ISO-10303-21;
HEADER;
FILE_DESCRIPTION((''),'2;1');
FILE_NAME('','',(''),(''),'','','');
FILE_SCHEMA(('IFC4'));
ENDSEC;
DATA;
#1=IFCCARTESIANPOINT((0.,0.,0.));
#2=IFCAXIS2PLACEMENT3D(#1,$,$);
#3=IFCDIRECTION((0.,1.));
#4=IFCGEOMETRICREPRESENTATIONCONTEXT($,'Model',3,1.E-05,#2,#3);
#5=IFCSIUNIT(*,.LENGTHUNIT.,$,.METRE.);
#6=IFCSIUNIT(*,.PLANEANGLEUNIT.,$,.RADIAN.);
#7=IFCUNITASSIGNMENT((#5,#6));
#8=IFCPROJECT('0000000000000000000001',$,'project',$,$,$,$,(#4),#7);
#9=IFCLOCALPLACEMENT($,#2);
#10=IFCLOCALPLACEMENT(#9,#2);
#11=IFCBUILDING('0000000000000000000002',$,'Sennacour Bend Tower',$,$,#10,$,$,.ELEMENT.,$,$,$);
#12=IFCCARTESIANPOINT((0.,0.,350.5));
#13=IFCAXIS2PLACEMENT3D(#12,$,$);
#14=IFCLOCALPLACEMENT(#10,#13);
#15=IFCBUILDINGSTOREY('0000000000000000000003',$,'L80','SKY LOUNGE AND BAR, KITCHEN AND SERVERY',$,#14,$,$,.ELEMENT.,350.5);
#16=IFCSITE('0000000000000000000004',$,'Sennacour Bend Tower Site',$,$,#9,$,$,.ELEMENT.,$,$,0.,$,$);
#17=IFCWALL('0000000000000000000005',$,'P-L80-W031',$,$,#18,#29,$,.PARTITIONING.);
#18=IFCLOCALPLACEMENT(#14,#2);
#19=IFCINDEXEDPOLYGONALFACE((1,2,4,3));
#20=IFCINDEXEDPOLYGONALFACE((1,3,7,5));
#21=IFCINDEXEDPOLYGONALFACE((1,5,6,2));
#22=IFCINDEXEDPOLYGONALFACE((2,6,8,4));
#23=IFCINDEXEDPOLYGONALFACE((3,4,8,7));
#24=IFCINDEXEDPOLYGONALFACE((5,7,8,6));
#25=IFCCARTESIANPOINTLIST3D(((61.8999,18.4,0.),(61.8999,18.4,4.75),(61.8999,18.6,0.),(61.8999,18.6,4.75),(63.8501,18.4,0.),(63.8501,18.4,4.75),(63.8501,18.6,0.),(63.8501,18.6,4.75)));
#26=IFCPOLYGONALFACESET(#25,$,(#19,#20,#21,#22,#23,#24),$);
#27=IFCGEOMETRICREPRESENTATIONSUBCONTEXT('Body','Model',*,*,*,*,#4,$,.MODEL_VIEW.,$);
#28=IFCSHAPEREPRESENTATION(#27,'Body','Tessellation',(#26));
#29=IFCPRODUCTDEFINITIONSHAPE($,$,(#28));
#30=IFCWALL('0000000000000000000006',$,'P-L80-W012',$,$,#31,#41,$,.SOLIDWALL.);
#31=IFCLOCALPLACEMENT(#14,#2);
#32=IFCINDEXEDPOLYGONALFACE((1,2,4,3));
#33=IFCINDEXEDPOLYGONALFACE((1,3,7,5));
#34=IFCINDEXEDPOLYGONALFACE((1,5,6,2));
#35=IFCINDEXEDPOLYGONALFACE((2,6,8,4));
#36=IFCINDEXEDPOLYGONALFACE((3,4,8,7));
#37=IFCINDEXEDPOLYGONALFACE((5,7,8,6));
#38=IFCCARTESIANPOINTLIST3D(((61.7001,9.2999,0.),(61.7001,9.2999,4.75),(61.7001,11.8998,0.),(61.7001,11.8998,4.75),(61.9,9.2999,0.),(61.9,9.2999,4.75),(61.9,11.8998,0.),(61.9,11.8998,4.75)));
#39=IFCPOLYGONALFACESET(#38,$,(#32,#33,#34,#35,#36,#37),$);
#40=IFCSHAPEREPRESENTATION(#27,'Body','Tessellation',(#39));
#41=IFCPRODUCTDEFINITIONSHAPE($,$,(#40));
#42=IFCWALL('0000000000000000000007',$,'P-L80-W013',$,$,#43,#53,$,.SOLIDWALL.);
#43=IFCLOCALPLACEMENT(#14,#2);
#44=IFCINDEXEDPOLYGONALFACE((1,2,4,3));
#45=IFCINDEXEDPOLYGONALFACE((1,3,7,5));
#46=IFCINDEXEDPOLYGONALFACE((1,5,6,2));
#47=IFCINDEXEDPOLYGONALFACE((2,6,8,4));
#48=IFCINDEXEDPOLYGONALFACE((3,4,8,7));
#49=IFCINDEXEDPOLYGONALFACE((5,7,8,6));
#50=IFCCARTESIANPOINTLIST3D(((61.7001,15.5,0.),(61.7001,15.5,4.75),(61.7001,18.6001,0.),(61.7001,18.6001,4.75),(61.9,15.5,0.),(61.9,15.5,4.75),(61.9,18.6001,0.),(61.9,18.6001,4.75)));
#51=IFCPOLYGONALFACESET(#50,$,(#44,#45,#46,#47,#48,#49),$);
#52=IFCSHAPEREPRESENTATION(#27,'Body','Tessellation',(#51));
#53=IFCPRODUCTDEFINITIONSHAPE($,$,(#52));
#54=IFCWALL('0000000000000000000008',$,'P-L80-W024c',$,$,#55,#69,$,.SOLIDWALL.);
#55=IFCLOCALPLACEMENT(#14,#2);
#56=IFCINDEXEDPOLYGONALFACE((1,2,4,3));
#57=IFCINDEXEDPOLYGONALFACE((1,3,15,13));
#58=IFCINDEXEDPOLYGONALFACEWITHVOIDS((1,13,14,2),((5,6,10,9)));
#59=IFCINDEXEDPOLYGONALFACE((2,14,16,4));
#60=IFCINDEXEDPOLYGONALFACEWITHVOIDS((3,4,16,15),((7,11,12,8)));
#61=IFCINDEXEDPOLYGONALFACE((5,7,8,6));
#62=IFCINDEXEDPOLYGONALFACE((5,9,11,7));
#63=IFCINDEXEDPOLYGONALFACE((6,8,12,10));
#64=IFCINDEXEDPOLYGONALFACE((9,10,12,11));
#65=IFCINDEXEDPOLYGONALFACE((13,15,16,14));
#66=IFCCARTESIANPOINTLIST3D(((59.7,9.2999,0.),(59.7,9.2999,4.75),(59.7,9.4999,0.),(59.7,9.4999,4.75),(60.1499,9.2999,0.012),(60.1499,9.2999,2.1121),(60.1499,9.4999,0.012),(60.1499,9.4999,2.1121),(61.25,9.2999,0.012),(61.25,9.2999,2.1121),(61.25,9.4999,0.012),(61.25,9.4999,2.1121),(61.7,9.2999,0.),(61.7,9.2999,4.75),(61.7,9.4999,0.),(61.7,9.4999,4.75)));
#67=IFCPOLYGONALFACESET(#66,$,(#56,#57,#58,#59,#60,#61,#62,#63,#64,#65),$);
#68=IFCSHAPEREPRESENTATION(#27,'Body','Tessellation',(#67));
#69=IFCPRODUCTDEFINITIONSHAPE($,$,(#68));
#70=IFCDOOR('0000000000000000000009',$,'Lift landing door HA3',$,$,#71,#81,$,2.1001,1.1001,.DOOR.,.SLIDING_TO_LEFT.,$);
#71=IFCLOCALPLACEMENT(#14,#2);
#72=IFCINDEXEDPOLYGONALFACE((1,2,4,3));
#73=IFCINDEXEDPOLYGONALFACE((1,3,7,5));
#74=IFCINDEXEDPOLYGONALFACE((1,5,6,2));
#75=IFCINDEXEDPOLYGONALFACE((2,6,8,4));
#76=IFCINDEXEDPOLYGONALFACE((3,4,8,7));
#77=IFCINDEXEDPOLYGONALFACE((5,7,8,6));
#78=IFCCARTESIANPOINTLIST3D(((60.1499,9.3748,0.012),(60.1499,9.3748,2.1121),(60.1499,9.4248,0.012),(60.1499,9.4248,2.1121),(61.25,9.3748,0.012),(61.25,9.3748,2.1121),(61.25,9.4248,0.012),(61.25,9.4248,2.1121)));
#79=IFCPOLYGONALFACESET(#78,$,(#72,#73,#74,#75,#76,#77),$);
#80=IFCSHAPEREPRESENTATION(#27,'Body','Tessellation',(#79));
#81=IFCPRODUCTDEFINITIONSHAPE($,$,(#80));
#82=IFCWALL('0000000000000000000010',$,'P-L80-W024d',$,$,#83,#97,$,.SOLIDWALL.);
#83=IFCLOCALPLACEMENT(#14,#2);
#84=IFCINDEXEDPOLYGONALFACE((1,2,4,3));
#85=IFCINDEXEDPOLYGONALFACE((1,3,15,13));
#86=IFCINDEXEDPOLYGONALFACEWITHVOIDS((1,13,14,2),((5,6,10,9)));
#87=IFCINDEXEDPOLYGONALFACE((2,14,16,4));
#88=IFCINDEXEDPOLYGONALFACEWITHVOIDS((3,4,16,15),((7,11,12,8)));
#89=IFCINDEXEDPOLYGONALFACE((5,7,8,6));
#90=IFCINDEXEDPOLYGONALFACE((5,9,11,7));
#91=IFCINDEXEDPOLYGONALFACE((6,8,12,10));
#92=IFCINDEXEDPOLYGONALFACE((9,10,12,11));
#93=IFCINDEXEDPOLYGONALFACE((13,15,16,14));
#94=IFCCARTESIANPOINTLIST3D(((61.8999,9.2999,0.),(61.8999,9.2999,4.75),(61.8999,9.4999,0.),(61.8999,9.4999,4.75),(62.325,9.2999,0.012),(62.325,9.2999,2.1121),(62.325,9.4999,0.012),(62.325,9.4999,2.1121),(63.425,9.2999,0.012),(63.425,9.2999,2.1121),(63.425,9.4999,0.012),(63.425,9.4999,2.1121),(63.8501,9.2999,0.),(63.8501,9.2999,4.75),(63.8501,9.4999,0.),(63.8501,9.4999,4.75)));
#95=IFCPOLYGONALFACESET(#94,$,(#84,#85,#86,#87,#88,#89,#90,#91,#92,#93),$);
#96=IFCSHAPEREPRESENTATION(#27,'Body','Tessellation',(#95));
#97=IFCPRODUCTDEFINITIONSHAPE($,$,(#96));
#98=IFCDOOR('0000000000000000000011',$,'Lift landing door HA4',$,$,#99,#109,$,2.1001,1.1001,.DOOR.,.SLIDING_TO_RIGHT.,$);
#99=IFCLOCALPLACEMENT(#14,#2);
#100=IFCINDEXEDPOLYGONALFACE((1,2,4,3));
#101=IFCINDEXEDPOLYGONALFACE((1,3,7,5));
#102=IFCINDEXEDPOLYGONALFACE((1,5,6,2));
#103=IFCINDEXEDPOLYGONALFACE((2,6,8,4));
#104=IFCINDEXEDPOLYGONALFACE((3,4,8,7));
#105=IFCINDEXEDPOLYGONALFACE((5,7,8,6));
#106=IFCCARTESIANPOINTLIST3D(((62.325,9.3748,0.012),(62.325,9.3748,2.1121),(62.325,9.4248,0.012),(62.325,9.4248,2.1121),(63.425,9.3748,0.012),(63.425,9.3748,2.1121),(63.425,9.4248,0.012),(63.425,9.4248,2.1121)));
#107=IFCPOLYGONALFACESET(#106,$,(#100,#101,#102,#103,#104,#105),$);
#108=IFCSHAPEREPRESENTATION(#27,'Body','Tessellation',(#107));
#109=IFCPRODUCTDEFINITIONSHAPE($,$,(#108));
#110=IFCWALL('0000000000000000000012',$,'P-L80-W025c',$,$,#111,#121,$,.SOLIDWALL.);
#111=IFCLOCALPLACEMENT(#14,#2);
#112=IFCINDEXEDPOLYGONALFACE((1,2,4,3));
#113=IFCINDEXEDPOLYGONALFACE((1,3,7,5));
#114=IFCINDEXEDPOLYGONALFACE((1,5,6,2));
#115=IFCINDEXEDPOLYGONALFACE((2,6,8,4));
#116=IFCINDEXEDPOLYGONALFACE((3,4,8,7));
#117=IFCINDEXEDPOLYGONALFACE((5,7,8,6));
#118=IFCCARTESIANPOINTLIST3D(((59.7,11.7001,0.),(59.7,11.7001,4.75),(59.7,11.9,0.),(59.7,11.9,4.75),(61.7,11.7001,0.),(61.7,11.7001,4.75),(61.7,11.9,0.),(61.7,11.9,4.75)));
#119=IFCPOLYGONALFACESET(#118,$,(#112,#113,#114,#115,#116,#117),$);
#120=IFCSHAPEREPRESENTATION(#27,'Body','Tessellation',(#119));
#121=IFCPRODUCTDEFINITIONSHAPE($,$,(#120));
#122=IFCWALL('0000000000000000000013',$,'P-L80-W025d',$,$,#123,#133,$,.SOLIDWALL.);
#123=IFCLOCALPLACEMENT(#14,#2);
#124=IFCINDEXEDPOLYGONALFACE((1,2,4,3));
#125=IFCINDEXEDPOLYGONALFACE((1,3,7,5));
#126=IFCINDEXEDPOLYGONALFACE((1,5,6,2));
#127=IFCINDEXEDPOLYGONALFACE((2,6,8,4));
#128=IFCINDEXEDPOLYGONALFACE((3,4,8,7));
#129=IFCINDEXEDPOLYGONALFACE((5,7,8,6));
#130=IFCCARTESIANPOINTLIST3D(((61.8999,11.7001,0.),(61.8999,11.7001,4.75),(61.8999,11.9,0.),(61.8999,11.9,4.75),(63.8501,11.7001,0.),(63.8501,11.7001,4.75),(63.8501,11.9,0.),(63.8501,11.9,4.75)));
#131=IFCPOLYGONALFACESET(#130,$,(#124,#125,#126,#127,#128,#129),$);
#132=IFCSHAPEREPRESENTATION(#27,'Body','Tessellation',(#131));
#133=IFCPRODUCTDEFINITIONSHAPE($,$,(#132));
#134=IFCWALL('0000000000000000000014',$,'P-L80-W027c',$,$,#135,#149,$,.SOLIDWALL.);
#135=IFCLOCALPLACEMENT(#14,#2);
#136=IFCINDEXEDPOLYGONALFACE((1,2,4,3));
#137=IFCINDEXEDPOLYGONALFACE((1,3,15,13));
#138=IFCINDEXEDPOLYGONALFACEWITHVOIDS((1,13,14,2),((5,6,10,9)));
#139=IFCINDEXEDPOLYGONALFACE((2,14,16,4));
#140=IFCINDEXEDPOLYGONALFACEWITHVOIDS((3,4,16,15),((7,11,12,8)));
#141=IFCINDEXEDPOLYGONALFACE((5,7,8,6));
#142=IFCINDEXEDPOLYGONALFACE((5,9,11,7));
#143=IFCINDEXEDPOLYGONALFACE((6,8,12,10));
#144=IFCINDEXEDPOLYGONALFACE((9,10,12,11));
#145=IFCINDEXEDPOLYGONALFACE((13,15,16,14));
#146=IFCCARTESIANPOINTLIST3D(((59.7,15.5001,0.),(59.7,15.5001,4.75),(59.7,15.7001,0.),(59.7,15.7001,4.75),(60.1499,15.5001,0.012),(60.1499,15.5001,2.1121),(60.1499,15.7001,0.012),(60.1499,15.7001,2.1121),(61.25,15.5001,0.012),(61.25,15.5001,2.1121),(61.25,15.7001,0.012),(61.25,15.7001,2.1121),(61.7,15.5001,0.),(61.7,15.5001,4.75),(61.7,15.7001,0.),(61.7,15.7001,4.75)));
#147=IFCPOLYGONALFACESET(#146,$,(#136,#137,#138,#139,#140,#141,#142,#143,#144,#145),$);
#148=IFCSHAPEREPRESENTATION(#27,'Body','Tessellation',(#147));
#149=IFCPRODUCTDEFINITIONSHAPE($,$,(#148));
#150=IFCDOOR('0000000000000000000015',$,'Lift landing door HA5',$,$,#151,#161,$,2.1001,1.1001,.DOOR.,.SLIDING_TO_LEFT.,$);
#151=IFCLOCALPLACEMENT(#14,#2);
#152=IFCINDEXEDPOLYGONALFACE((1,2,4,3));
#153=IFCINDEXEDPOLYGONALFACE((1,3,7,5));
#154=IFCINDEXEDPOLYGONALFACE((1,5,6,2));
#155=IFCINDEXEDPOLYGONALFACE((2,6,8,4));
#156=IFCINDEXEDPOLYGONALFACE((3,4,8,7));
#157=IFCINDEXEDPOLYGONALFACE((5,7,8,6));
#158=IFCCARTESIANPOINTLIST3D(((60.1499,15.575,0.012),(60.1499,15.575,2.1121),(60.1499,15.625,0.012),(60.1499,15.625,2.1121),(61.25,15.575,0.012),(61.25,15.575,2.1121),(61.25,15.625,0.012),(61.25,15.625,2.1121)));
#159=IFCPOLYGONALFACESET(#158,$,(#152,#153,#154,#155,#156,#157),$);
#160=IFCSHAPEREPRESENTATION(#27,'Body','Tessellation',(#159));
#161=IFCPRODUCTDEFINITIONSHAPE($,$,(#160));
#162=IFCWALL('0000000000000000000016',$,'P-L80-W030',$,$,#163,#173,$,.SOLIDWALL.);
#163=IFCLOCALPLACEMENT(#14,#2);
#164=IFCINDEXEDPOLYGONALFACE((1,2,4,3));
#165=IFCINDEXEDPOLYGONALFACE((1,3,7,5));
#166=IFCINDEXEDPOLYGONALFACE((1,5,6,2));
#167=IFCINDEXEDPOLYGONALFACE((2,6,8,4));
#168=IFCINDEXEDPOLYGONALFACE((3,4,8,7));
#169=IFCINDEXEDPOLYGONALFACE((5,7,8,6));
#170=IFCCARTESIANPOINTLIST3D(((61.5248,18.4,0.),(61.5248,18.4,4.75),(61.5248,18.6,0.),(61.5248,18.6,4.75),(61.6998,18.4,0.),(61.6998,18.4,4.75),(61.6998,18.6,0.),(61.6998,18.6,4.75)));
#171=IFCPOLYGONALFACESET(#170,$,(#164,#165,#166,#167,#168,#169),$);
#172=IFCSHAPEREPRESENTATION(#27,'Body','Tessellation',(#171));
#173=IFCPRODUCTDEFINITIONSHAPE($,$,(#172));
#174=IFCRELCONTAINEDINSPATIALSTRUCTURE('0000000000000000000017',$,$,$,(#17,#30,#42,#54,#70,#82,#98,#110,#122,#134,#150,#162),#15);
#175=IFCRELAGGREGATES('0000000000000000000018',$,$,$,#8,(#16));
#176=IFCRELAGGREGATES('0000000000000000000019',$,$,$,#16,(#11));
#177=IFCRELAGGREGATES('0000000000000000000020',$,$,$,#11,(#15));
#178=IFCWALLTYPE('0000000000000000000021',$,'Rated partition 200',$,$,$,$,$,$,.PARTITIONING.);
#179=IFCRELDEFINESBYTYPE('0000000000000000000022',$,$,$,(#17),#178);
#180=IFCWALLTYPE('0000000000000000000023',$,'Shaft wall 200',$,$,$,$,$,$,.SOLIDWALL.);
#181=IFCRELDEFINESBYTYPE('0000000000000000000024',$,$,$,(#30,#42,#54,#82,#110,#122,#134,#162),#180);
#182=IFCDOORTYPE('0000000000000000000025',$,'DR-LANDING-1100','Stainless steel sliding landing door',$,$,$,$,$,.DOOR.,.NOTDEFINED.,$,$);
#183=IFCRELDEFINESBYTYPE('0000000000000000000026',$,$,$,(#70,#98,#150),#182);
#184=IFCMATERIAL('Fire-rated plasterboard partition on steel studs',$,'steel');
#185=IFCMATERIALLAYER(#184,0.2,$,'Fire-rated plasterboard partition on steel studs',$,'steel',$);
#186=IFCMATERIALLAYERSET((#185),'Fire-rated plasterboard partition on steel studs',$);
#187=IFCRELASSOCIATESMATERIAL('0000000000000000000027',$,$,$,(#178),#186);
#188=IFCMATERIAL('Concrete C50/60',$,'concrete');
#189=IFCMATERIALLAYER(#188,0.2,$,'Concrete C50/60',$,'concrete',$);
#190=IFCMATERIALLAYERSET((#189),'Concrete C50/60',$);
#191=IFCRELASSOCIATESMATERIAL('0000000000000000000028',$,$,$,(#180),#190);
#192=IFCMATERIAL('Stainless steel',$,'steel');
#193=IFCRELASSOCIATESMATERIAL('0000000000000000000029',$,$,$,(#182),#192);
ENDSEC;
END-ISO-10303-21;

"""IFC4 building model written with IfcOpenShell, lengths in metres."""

from ifc_helpers import new_model, si_unit, direction, frame, frame_2d, origin, place, context, subcontext, project, spatial, rectangle, extrude, material, layer, layer_set, type_object, element, fill, save


model = new_model("IFC4")

# Units and contexts
model_context = context("Model", 3, precision=1e-05, world=origin(), true_north=direction((0.0, 1.0)))
body_context = subcontext(model_context, "Body", "Model", "MODEL_VIEW")
ifc_project = project(units=[si_unit("LENGTHUNIT", "METRE"), si_unit("PLANEANGLEUNIT", "RADIAN")], contexts=[model_context])

# Site, building, storey
site_placement = place(None, origin())
site = spatial("IfcSite", under=ifc_project, at=site_placement, Name="Sennacour Bend Tower Site", CompositionType="ELEMENT", RefElevation=0.0)
building_placement = place(site_placement, origin())
building = spatial("IfcBuilding", under=site, at=building_placement, Name="Sennacour Bend Tower", CompositionType="ELEMENT")
storey_placement = place(building_placement, frame((0.0, 0.0, 350.5)))
storey = spatial("IfcBuildingStorey", under=building, at=storey_placement, Name="L80", Description="SKY LOUNGE AND BAR, KITCHEN AND SERVERY", CompositionType="ELEMENT", Elevation=350.5)

# Shared definitions
ifc_material_1 = material(Name="Fire-rated plasterboard partition on steel studs", Category="steel")
ifc_layer_1 = layer(ifc_material_1, 0.2, Name="Fire-rated plasterboard partition on steel studs", Category="steel")
ifc_layer_set_1 = layer_set([ifc_layer_1], Name="Fire-rated plasterboard partition on steel studs")
wall_type_1 = type_object("IfcWallType", Name="Rated partition 200", PredefinedType="PARTITIONING", material=ifc_layer_set_1)

# Walls
wall_1_placement = place(storey_placement, frame((61.8999, 18.5, 0.0), z_axis=(0.0, 0.0, 1.0), x_axis=(1.0, 0.0, 0.0)))
element("IfcWall", 1, at=wall_1_placement, inside=storey, type_object=wall_type_1, Name="P-L80-W031", PredefinedType="PARTITIONING", context=body_context, shape_type="SweptSolid", body=[
    extrude(rectangle(XDim=1.9502, YDim=0.2, at=frame_2d((0.9751, 0.0))), origin(), (0.0, 0.0, 1.0), 4.75),
])
ifc_material_2 = material(Name="Concrete C50/60", Category="concrete")
ifc_layer_2 = layer(ifc_material_2, 0.2, Name="Concrete C50/60", Category="concrete")
ifc_layer_set_2 = layer_set([ifc_layer_2], Name="Concrete C50/60")
wall_type_2 = type_object("IfcWallType", Name="Shaft wall 200", PredefinedType="SOLIDWALL", material=ifc_layer_set_2)
wall_2_placement = place(storey_placement, frame((61.8, 9.3, 0.0), z_axis=(0.0, 0.0, 1.0), x_axis=(0.0, 1.0, 0.0)))
element("IfcWall", 2, at=wall_2_placement, inside=storey, type_object=wall_type_2, Name="P-L80-W012", PredefinedType="SOLIDWALL", context=body_context, shape_type="SweptSolid", body=[
    extrude(rectangle(XDim=2.5999, YDim=0.2, at=frame_2d((1.2998, 0.0))), origin(), (0.0, 0.0, 1.0), 4.75),
])
wall_3_placement = place(storey_placement, frame((61.8, 15.5, 0.0), z_axis=(0.0, 0.0, 1.0), x_axis=(0.0, 1.0, 0.0)))
element("IfcWall", 3, at=wall_3_placement, inside=storey, type_object=wall_type_2, Name="P-L80-W013", PredefinedType="SOLIDWALL", context=body_context, shape_type="SweptSolid", body=[
    extrude(rectangle(XDim=3.1001, YDim=0.2, at=frame_2d((1.55, 0.0))), origin(), (0.0, 0.0, 1.0), 4.75),
])

# Walls, openings, doors
wall_4_placement = place(storey_placement, frame((59.7, 9.3999, 0.0), z_axis=(0.0, 0.0, 1.0), x_axis=(1.0, 0.0, 0.0)))
wall_4 = element("IfcWall", 4, at=wall_4_placement, inside=storey, type_object=wall_type_2, Name="P-L80-W024c", PredefinedType="SOLIDWALL", context=body_context, shape_type="SweptSolid", body=[
    extrude(rectangle(XDim=2.0, YDim=0.2, at=frame_2d((1.0, 0.0))), origin(), (0.0, 0.0, 1.0), 4.75),
])
opening_1_placement = place(wall_4_placement, frame((0.45, 0.0, 0.012)))
opening_1 = element("IfcOpeningElement", 5, at=opening_1_placement, cuts=wall_4, PredefinedType="OPENING", context=body_context, shape_type="SweptSolid", body=[
    extrude(rectangle(XDim=1.1001, YDim=2.1001, at=frame_2d((0.55, 1.05))), frame((0.0, 0.1099, 0.0), z_axis=(0.0, -1.0, 0.0), x_axis=(1.0, 0.0, 0.0)), (0.0, 0.0, 1.0), 0.22),
])
ifc_material_3 = material(Name="Stainless steel", Category="steel")
door_type_1 = type_object("IfcDoorType", Name="DR-LANDING-1100", Description="Stainless steel sliding landing door", OperationType="NOTDEFINED", PredefinedType="DOOR", material=ifc_material_3)
door_1_placement = place(opening_1_placement, origin())
door_1 = element("IfcDoor", 6, at=door_1_placement, inside=storey, type_object=door_type_1, Name="Lift landing door HA3", OperationType="SLIDING_TO_LEFT", OverallHeight=2.1001, OverallWidth=1.1001, PredefinedType="DOOR", context=body_context, shape_type="SweptSolid", body=[
    extrude(rectangle(XDim=1.1001, YDim=2.1001, at=frame_2d((0.55, 1.05))), frame((0.0, 0.0249, 0.0), z_axis=(0.0, -1.0, 0.0), x_axis=(1.0, 0.0, 0.0)), (0.0, 0.0, 1.0), 0.05),
])
fill(opening_1, door_1)
wall_5_placement = place(storey_placement, frame((61.8999, 9.3999, 0.0), z_axis=(0.0, 0.0, 1.0), x_axis=(1.0, 0.0, 0.0)))
wall_5 = element("IfcWall", 7, at=wall_5_placement, inside=storey, type_object=wall_type_2, Name="P-L80-W024d", PredefinedType="SOLIDWALL", context=body_context, shape_type="SweptSolid", body=[
    extrude(rectangle(XDim=1.9502, YDim=0.2, at=frame_2d((0.9751, 0.0))), origin(), (0.0, 0.0, 1.0), 4.75),
])
opening_2_placement = place(wall_5_placement, frame((0.425, 0.0, 0.012)))
opening_2 = element("IfcOpeningElement", 8, at=opening_2_placement, cuts=wall_5, PredefinedType="OPENING", context=body_context, shape_type="SweptSolid", body=[
    extrude(rectangle(XDim=1.1001, YDim=2.1001, at=frame_2d((0.55, 1.05))), frame((0.0, 0.1099, 0.0), z_axis=(0.0, -1.0, 0.0), x_axis=(1.0, 0.0, 0.0)), (0.0, 0.0, 1.0), 0.22),
])
door_2_placement = place(opening_2_placement, origin())
door_2 = element("IfcDoor", 9, at=door_2_placement, inside=storey, type_object=door_type_1, Name="Lift landing door HA4", OperationType="SLIDING_TO_RIGHT", OverallHeight=2.1001, OverallWidth=1.1001, PredefinedType="DOOR", context=body_context, shape_type="SweptSolid", body=[
    extrude(rectangle(XDim=1.1001, YDim=2.1001, at=frame_2d((0.55, 1.05))), frame((0.0, 0.0249, 0.0), z_axis=(0.0, -1.0, 0.0), x_axis=(1.0, 0.0, 0.0)), (0.0, 0.0, 1.0), 0.05),
])
fill(opening_2, door_2)

# Walls
wall_6_placement = place(storey_placement, frame((59.7, 11.8, 0.0), z_axis=(0.0, 0.0, 1.0), x_axis=(1.0, 0.0, 0.0)))
element("IfcWall", 10, at=wall_6_placement, inside=storey, type_object=wall_type_2, Name="P-L80-W025c", PredefinedType="SOLIDWALL", context=body_context, shape_type="SweptSolid", body=[
    extrude(rectangle(XDim=2.0, YDim=0.2, at=frame_2d((1.0, 0.0))), origin(), (0.0, 0.0, 1.0), 4.75),
])
wall_7_placement = place(storey_placement, frame((61.8999, 11.8, 0.0), z_axis=(0.0, 0.0, 1.0), x_axis=(1.0, 0.0, 0.0)))
element("IfcWall", 11, at=wall_7_placement, inside=storey, type_object=wall_type_2, Name="P-L80-W025d", PredefinedType="SOLIDWALL", context=body_context, shape_type="SweptSolid", body=[
    extrude(rectangle(XDim=1.9502, YDim=0.2, at=frame_2d((0.9751, 0.0))), origin(), (0.0, 0.0, 1.0), 4.75),
])

# Wall, opening, door
wall_8_placement = place(storey_placement, frame((59.7, 15.6001, 0.0), z_axis=(0.0, 0.0, 1.0), x_axis=(1.0, 0.0, 0.0)))
wall_8 = element("IfcWall", 12, at=wall_8_placement, inside=storey, type_object=wall_type_2, Name="P-L80-W027c", PredefinedType="SOLIDWALL", context=body_context, shape_type="SweptSolid", body=[
    extrude(rectangle(XDim=2.0, YDim=0.2, at=frame_2d((1.0, 0.0))), origin(), (0.0, 0.0, 1.0), 4.75),
])
opening_3_placement = place(wall_8_placement, frame((0.45, 0.0, 0.012)))
opening_3 = element("IfcOpeningElement", 13, at=opening_3_placement, cuts=wall_8, PredefinedType="OPENING", context=body_context, shape_type="SweptSolid", body=[
    extrude(rectangle(XDim=1.1001, YDim=2.1001, at=frame_2d((0.55, 1.05))), frame((0.0, 0.1099, 0.0), z_axis=(0.0, -1.0, 0.0), x_axis=(1.0, 0.0, 0.0)), (0.0, 0.0, 1.0), 0.22),
])
door_3_placement = place(opening_3_placement, origin())
door_3 = element("IfcDoor", 14, at=door_3_placement, inside=storey, type_object=door_type_1, Name="Lift landing door HA5", OperationType="SLIDING_TO_LEFT", OverallHeight=2.1001, OverallWidth=1.1001, PredefinedType="DOOR", context=body_context, shape_type="SweptSolid", body=[
    extrude(rectangle(XDim=1.1001, YDim=2.1001, at=frame_2d((0.55, 1.05))), frame((0.0, 0.0249, 0.0), z_axis=(0.0, -1.0, 0.0), x_axis=(1.0, 0.0, 0.0)), (0.0, 0.0, 1.0), 0.05),
])
fill(opening_3, door_3)

# Wall
wall_9_placement = place(storey_placement, frame((61.5249, 18.5, 0.0), z_axis=(0.0, 0.0, 1.0), x_axis=(1.0, 0.0, 0.0)))
element("IfcWall", 15, at=wall_9_placement, inside=storey, type_object=wall_type_2, Name="P-L80-W030", PredefinedType="SOLIDWALL", context=body_context, shape_type="SweptSolid", body=[
    extrude(rectangle(XDim=0.175, YDim=0.2, at=frame_2d((0.0874, 0.0))), origin(), (0.0, 0.0, 1.0), 4.75),
])

save(model, "model.ifc")
